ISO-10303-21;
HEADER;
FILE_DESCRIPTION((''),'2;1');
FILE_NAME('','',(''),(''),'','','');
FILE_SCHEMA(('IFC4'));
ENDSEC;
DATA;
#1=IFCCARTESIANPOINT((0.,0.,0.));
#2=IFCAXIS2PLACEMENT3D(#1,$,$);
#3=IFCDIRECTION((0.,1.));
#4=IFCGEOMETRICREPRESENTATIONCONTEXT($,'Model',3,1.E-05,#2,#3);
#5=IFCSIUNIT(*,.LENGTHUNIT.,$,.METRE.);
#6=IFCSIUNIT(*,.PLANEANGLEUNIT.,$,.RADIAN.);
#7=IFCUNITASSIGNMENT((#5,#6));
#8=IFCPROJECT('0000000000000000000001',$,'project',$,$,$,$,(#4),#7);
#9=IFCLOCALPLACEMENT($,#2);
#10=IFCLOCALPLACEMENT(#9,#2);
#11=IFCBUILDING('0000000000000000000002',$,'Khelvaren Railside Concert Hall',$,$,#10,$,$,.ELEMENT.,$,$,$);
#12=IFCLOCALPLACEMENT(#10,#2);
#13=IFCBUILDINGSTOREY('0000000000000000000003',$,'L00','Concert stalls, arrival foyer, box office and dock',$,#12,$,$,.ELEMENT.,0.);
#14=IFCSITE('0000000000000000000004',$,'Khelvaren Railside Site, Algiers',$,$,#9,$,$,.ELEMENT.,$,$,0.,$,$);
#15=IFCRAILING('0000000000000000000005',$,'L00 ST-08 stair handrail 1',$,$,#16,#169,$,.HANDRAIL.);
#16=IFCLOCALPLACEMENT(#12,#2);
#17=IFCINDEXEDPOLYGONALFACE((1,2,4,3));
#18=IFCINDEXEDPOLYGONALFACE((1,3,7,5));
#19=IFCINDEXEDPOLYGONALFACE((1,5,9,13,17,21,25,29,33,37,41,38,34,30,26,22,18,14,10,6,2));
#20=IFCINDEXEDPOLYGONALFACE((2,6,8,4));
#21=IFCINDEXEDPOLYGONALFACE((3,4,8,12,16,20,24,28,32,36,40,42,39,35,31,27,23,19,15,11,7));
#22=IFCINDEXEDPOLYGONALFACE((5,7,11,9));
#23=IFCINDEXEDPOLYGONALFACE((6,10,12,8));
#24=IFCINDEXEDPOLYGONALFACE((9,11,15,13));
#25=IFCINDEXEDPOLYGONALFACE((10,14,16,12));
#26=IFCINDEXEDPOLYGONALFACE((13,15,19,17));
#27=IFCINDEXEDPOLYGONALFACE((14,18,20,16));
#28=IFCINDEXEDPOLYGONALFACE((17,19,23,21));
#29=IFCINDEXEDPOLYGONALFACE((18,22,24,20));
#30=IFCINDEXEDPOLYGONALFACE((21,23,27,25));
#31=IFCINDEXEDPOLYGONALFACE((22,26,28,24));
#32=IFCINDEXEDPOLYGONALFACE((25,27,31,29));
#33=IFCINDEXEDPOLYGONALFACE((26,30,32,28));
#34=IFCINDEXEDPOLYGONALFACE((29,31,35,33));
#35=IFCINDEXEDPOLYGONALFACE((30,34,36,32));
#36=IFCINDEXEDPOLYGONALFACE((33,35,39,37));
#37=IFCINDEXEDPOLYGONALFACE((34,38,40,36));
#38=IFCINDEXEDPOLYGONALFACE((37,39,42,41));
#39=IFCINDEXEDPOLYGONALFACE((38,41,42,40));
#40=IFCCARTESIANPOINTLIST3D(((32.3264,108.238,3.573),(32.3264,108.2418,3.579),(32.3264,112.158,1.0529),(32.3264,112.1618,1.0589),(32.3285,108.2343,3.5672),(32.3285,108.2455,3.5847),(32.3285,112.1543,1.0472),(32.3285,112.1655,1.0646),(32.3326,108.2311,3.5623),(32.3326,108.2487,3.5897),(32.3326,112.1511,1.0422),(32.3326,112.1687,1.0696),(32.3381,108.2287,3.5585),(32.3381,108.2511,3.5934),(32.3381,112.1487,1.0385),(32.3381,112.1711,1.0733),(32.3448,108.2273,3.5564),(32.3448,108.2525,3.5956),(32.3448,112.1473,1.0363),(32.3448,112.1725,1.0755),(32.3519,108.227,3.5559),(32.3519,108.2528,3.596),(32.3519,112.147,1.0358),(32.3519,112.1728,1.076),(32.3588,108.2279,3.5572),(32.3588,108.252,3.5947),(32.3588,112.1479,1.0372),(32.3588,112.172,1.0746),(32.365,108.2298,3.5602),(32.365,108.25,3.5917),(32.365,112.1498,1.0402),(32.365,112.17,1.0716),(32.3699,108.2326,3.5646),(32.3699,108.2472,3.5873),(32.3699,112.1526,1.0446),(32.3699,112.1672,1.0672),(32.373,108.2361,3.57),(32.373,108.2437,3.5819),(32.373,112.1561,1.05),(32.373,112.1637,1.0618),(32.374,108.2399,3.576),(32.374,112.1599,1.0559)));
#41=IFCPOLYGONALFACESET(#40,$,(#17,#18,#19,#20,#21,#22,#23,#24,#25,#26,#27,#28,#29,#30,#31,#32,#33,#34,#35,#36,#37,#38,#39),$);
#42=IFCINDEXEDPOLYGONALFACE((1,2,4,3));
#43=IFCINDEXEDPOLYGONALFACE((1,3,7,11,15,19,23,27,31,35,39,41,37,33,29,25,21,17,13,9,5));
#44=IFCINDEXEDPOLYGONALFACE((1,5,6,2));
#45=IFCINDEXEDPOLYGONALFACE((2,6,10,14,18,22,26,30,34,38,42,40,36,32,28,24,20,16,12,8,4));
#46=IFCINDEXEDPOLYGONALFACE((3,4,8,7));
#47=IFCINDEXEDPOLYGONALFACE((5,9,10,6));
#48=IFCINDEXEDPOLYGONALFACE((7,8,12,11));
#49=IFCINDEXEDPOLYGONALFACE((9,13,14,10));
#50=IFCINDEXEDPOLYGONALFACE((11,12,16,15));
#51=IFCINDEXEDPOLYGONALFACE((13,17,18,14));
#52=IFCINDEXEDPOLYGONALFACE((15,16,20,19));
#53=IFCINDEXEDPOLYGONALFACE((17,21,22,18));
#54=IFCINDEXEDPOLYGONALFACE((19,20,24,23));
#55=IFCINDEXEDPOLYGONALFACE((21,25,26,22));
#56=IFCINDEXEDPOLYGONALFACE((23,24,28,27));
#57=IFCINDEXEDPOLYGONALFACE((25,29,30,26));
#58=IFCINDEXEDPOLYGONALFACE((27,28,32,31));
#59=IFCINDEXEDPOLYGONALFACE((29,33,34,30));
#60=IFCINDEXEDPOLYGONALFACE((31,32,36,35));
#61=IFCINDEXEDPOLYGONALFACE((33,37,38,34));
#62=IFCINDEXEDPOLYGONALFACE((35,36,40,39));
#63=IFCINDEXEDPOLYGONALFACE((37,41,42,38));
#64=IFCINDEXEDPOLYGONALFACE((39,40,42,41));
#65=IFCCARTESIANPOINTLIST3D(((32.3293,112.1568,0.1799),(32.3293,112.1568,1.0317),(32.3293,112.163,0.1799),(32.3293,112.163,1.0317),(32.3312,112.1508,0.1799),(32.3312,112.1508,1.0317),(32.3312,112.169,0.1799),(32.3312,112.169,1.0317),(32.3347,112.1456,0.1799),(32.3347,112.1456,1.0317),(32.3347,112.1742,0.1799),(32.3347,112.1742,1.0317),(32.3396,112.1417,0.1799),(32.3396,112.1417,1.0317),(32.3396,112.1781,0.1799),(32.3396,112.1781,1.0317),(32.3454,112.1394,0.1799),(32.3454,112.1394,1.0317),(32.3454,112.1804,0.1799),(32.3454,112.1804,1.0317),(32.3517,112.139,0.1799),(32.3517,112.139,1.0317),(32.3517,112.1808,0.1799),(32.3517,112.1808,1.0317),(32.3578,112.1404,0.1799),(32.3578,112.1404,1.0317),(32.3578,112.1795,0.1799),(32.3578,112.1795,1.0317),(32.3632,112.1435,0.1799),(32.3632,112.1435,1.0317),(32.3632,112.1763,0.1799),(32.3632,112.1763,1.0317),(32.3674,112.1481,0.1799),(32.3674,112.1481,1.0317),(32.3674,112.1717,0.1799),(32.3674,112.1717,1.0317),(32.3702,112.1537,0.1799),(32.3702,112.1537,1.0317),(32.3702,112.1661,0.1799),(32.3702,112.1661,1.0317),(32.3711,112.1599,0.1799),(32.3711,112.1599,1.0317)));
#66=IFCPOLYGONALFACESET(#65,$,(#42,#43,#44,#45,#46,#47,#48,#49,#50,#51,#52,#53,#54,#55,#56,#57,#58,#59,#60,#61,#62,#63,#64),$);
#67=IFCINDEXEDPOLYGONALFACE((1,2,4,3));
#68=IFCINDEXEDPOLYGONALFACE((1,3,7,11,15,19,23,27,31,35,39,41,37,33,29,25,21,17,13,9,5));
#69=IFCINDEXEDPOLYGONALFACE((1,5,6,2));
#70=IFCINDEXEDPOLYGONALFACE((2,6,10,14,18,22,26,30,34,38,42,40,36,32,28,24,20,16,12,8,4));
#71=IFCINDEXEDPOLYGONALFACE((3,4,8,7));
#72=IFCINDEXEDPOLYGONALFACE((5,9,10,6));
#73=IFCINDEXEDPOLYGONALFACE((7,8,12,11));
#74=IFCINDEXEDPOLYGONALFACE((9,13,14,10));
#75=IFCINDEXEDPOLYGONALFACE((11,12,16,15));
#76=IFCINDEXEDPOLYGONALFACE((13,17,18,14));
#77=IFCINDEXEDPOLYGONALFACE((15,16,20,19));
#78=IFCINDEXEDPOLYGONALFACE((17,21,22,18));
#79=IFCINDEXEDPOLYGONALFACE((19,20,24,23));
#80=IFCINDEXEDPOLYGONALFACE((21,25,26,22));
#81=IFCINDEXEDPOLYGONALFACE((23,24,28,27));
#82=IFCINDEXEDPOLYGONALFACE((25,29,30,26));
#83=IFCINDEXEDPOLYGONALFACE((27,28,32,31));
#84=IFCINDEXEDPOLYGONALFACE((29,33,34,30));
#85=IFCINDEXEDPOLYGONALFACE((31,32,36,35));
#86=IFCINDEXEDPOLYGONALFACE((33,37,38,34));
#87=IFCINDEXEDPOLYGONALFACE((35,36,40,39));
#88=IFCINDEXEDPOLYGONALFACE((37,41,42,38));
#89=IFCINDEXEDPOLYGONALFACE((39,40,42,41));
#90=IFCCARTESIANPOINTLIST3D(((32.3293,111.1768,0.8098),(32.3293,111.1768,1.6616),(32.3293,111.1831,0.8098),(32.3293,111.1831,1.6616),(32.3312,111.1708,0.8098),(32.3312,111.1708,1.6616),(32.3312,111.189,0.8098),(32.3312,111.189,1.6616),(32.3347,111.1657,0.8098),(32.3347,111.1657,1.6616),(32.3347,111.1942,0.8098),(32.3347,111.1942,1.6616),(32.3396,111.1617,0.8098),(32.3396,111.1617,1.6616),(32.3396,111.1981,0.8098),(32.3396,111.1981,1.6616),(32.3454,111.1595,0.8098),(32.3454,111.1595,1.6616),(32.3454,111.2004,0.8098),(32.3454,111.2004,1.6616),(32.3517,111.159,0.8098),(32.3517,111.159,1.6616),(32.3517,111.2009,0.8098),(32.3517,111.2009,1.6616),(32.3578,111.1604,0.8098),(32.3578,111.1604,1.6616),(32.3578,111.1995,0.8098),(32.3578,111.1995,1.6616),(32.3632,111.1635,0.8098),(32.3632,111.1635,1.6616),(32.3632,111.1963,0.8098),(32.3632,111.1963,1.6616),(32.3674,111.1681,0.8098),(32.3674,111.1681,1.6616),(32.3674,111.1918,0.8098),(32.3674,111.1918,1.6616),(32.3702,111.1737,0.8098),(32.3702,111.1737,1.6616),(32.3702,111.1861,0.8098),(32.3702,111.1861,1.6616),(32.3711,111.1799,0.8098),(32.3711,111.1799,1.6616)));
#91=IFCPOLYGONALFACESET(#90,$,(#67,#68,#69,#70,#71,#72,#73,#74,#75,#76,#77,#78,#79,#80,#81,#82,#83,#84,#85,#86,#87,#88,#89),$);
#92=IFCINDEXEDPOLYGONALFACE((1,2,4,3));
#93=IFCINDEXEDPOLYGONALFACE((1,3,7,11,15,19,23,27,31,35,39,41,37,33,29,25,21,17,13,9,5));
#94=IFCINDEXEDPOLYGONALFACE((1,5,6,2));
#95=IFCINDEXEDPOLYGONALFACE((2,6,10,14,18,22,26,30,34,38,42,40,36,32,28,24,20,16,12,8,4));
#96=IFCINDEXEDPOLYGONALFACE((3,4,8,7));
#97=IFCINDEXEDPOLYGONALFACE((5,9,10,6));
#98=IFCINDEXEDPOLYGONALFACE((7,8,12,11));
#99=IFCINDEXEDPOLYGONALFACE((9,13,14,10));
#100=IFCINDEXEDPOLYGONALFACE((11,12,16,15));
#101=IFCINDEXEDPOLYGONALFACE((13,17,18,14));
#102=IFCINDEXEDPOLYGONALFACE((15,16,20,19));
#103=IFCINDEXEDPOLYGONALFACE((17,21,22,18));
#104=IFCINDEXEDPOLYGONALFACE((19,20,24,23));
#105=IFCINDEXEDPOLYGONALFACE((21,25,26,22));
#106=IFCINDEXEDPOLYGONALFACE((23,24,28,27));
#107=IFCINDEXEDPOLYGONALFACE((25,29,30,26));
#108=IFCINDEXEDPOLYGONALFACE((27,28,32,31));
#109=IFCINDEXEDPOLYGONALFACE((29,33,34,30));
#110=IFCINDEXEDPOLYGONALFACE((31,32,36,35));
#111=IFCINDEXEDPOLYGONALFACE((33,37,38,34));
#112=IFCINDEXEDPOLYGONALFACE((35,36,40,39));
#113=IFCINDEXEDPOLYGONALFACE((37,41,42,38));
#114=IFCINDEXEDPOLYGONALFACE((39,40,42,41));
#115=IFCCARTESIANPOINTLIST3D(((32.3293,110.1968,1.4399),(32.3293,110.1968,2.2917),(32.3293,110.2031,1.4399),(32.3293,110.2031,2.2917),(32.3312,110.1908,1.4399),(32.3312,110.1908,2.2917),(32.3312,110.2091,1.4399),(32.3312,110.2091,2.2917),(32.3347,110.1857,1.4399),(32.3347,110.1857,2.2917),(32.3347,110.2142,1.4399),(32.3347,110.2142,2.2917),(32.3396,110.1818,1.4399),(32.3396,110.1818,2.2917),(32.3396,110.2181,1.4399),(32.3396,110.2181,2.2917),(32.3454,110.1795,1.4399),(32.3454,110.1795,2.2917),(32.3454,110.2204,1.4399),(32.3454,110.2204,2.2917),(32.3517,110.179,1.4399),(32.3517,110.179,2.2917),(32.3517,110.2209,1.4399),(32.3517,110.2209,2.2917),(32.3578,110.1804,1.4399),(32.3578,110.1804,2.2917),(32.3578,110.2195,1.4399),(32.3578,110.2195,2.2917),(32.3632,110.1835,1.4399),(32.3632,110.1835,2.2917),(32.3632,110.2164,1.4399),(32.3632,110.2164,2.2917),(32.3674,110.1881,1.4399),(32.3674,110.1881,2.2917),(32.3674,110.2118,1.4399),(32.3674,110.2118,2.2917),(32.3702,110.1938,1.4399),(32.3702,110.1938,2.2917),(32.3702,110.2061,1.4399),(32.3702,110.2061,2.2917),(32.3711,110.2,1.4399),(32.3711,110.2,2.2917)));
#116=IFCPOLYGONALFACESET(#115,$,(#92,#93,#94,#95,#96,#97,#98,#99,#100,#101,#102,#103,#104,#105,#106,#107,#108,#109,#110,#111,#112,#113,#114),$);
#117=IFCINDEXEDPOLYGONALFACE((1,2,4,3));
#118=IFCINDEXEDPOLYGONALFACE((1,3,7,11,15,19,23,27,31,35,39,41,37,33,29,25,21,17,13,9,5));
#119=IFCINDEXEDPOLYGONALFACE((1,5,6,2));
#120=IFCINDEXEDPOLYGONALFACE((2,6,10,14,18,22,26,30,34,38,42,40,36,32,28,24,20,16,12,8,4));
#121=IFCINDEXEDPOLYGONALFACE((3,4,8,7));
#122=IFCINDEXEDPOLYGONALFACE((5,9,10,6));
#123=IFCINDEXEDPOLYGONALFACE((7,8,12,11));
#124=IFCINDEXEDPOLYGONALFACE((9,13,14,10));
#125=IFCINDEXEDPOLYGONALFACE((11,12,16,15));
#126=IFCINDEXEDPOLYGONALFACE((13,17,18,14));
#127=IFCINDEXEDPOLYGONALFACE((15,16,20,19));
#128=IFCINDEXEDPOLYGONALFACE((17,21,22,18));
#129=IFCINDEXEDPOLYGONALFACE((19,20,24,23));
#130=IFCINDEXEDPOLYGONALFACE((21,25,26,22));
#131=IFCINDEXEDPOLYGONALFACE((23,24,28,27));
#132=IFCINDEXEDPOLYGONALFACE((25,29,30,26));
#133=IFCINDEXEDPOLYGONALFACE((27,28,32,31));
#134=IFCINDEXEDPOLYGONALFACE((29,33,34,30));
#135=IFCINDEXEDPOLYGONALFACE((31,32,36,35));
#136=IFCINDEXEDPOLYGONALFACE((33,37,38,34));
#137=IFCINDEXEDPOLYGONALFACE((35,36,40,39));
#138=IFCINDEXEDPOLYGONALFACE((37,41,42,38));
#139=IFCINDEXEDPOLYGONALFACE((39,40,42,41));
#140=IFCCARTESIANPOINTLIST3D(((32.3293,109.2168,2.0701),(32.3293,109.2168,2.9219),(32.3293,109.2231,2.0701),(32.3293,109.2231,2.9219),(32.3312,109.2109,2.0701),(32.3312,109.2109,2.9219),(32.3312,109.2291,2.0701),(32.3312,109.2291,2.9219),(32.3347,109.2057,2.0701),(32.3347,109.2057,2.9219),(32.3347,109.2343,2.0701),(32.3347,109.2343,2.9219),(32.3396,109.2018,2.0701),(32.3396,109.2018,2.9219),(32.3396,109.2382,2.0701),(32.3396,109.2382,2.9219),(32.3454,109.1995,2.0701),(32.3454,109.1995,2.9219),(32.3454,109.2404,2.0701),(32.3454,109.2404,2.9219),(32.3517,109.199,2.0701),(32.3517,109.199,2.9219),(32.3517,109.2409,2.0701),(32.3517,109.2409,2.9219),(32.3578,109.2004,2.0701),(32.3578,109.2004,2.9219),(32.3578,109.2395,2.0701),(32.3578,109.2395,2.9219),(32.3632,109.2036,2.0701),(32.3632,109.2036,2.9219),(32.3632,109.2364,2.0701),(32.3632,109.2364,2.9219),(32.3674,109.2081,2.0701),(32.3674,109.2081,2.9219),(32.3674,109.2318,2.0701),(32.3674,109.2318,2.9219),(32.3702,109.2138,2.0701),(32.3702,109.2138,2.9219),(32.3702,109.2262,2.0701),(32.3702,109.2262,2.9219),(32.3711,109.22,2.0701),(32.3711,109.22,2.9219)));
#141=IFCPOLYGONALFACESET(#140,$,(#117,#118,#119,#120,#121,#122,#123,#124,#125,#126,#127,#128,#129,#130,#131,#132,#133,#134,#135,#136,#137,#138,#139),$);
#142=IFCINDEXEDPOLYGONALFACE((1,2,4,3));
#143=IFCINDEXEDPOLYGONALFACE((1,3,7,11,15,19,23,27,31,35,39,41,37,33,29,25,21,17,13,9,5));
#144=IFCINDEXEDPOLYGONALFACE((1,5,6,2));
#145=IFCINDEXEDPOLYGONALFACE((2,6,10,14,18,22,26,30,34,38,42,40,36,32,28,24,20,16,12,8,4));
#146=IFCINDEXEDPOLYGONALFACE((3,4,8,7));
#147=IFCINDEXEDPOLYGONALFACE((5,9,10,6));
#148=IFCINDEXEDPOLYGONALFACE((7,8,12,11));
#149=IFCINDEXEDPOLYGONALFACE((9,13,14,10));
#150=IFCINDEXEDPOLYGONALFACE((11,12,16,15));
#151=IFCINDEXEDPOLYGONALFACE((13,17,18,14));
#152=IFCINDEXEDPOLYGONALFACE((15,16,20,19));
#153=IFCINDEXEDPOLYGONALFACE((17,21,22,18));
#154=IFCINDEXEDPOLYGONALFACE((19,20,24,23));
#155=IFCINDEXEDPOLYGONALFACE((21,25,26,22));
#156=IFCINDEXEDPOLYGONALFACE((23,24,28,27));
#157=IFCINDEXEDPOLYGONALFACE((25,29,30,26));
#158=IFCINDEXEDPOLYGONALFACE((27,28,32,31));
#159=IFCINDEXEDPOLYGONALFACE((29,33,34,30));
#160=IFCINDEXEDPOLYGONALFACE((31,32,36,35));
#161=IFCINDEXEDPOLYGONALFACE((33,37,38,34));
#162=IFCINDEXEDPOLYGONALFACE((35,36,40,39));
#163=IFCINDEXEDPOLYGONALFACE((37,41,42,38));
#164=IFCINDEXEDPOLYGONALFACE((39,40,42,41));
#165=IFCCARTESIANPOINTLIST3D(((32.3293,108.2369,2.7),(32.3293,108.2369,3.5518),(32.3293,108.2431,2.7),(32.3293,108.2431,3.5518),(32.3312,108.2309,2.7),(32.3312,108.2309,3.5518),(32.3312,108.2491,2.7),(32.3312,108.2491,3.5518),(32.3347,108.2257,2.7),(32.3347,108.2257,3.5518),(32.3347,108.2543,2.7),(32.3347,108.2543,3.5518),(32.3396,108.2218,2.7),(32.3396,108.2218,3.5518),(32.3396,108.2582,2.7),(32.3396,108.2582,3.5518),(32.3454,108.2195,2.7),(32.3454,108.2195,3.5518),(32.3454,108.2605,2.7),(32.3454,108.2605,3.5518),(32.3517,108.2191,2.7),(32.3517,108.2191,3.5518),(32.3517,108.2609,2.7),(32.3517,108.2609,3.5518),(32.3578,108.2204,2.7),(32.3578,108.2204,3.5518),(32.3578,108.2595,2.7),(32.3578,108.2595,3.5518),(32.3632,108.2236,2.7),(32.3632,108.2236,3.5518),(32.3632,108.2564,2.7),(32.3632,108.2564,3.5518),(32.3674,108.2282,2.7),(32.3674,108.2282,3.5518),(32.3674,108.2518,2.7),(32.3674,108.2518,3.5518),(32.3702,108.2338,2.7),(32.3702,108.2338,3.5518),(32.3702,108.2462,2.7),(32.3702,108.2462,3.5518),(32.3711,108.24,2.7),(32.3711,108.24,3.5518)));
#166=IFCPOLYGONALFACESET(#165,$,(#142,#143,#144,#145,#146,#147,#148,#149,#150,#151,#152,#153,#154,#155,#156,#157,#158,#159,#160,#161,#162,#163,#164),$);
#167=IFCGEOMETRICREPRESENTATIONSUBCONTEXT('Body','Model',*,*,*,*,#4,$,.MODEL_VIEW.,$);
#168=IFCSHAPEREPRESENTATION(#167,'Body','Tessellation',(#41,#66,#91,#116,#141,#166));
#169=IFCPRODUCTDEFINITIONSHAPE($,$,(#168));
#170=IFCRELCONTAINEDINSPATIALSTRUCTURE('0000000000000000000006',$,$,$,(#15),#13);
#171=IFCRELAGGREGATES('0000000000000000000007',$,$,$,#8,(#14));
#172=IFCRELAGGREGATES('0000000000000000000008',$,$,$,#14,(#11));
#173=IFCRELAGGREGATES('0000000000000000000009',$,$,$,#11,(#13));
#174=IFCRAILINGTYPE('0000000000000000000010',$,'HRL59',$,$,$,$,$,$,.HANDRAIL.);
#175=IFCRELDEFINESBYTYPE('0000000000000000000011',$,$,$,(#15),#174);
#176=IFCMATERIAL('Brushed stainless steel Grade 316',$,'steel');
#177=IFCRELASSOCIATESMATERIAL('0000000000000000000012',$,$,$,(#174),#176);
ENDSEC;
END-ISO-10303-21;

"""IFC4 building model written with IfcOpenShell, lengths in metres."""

from ifc_helpers import new_model, si_unit, direction, frame, origin, origin_2d, place, context, subcontext, project, spatial, circle, extrude, material, type_object, element, save


model = new_model("IFC4")

# Units and contexts
model_context = context("Model", 3, precision=1e-05, world=origin(), true_north=direction((0.0, 1.0)))
body_context = subcontext(model_context, "Body", "Model", "MODEL_VIEW")
ifc_project = project(units=[si_unit("LENGTHUNIT", "METRE"), si_unit("PLANEANGLEUNIT", "RADIAN")], contexts=[model_context])

# Site, building, storey
site_placement = place(None, origin())
site = spatial("IfcSite", under=ifc_project, at=site_placement, Name="Khelvaren Railside Site, Algiers", CompositionType="ELEMENT", RefElevation=0.0)
building_placement = place(site_placement, origin())
building = spatial("IfcBuilding", under=site, at=building_placement, Name="Khelvaren Railside Concert Hall", CompositionType="ELEMENT")
storey_placement = place(building_placement, origin())
storey = spatial("IfcBuildingStorey", under=building, at=storey_placement, Name="L00", Description="Concert stalls, arrival foyer, box office and dock", CompositionType="ELEMENT", Elevation=0.0)

# Railing
ifc_material_1 = material(Name="Brushed stainless steel Grade 316", Category="steel")
railing_type_1 = type_object("IfcRailingType", Name="HRL59", PredefinedType="HANDRAIL", material=ifc_material_1)
railing_1_placement = place(storey_placement, frame((32.3501, 112.1599, 0.1799)))
element("IfcRailing", 1, at=railing_1_placement, inside=storey, type_object=railing_type_1, Name="L00 ST-08 stair handrail 1", PredefinedType="HANDRAIL", context=body_context, shape_type="SweptSolid", body=[
    extrude(circle(Radius=0.0239, at=origin_2d()), frame((0.0, 0.0, 0.876), z_axis=(0.0, -0.841172, 0.540768), x_axis=(1.0, 0.0, 0.0)), (0.0, 0.0, 1.0), 4.6602),
    extrude(circle(Radius=0.021, at=origin_2d()), origin(), (0.0, 0.0, 1.0), 0.8518),
    extrude(circle(Radius=0.021, at=origin_2d()), frame((0.0, -0.98, 0.6299)), (0.0, 0.0, 1.0), 0.8518),
    extrude(circle(Radius=0.021, at=origin_2d()), frame((0.0, -1.96, 1.26)), (0.0, 0.0, 1.0), 0.8518),
    extrude(circle(Radius=0.021, at=origin_2d()), frame((0.0, -2.9399, 1.8901)), (0.0, 0.0, 1.0), 0.8518),
    extrude(circle(Radius=0.021, at=origin_2d()), frame((0.0, -3.9199, 2.52)), (0.0, 0.0, 1.0), 0.8518),
])

save(model, "model.ifc")
